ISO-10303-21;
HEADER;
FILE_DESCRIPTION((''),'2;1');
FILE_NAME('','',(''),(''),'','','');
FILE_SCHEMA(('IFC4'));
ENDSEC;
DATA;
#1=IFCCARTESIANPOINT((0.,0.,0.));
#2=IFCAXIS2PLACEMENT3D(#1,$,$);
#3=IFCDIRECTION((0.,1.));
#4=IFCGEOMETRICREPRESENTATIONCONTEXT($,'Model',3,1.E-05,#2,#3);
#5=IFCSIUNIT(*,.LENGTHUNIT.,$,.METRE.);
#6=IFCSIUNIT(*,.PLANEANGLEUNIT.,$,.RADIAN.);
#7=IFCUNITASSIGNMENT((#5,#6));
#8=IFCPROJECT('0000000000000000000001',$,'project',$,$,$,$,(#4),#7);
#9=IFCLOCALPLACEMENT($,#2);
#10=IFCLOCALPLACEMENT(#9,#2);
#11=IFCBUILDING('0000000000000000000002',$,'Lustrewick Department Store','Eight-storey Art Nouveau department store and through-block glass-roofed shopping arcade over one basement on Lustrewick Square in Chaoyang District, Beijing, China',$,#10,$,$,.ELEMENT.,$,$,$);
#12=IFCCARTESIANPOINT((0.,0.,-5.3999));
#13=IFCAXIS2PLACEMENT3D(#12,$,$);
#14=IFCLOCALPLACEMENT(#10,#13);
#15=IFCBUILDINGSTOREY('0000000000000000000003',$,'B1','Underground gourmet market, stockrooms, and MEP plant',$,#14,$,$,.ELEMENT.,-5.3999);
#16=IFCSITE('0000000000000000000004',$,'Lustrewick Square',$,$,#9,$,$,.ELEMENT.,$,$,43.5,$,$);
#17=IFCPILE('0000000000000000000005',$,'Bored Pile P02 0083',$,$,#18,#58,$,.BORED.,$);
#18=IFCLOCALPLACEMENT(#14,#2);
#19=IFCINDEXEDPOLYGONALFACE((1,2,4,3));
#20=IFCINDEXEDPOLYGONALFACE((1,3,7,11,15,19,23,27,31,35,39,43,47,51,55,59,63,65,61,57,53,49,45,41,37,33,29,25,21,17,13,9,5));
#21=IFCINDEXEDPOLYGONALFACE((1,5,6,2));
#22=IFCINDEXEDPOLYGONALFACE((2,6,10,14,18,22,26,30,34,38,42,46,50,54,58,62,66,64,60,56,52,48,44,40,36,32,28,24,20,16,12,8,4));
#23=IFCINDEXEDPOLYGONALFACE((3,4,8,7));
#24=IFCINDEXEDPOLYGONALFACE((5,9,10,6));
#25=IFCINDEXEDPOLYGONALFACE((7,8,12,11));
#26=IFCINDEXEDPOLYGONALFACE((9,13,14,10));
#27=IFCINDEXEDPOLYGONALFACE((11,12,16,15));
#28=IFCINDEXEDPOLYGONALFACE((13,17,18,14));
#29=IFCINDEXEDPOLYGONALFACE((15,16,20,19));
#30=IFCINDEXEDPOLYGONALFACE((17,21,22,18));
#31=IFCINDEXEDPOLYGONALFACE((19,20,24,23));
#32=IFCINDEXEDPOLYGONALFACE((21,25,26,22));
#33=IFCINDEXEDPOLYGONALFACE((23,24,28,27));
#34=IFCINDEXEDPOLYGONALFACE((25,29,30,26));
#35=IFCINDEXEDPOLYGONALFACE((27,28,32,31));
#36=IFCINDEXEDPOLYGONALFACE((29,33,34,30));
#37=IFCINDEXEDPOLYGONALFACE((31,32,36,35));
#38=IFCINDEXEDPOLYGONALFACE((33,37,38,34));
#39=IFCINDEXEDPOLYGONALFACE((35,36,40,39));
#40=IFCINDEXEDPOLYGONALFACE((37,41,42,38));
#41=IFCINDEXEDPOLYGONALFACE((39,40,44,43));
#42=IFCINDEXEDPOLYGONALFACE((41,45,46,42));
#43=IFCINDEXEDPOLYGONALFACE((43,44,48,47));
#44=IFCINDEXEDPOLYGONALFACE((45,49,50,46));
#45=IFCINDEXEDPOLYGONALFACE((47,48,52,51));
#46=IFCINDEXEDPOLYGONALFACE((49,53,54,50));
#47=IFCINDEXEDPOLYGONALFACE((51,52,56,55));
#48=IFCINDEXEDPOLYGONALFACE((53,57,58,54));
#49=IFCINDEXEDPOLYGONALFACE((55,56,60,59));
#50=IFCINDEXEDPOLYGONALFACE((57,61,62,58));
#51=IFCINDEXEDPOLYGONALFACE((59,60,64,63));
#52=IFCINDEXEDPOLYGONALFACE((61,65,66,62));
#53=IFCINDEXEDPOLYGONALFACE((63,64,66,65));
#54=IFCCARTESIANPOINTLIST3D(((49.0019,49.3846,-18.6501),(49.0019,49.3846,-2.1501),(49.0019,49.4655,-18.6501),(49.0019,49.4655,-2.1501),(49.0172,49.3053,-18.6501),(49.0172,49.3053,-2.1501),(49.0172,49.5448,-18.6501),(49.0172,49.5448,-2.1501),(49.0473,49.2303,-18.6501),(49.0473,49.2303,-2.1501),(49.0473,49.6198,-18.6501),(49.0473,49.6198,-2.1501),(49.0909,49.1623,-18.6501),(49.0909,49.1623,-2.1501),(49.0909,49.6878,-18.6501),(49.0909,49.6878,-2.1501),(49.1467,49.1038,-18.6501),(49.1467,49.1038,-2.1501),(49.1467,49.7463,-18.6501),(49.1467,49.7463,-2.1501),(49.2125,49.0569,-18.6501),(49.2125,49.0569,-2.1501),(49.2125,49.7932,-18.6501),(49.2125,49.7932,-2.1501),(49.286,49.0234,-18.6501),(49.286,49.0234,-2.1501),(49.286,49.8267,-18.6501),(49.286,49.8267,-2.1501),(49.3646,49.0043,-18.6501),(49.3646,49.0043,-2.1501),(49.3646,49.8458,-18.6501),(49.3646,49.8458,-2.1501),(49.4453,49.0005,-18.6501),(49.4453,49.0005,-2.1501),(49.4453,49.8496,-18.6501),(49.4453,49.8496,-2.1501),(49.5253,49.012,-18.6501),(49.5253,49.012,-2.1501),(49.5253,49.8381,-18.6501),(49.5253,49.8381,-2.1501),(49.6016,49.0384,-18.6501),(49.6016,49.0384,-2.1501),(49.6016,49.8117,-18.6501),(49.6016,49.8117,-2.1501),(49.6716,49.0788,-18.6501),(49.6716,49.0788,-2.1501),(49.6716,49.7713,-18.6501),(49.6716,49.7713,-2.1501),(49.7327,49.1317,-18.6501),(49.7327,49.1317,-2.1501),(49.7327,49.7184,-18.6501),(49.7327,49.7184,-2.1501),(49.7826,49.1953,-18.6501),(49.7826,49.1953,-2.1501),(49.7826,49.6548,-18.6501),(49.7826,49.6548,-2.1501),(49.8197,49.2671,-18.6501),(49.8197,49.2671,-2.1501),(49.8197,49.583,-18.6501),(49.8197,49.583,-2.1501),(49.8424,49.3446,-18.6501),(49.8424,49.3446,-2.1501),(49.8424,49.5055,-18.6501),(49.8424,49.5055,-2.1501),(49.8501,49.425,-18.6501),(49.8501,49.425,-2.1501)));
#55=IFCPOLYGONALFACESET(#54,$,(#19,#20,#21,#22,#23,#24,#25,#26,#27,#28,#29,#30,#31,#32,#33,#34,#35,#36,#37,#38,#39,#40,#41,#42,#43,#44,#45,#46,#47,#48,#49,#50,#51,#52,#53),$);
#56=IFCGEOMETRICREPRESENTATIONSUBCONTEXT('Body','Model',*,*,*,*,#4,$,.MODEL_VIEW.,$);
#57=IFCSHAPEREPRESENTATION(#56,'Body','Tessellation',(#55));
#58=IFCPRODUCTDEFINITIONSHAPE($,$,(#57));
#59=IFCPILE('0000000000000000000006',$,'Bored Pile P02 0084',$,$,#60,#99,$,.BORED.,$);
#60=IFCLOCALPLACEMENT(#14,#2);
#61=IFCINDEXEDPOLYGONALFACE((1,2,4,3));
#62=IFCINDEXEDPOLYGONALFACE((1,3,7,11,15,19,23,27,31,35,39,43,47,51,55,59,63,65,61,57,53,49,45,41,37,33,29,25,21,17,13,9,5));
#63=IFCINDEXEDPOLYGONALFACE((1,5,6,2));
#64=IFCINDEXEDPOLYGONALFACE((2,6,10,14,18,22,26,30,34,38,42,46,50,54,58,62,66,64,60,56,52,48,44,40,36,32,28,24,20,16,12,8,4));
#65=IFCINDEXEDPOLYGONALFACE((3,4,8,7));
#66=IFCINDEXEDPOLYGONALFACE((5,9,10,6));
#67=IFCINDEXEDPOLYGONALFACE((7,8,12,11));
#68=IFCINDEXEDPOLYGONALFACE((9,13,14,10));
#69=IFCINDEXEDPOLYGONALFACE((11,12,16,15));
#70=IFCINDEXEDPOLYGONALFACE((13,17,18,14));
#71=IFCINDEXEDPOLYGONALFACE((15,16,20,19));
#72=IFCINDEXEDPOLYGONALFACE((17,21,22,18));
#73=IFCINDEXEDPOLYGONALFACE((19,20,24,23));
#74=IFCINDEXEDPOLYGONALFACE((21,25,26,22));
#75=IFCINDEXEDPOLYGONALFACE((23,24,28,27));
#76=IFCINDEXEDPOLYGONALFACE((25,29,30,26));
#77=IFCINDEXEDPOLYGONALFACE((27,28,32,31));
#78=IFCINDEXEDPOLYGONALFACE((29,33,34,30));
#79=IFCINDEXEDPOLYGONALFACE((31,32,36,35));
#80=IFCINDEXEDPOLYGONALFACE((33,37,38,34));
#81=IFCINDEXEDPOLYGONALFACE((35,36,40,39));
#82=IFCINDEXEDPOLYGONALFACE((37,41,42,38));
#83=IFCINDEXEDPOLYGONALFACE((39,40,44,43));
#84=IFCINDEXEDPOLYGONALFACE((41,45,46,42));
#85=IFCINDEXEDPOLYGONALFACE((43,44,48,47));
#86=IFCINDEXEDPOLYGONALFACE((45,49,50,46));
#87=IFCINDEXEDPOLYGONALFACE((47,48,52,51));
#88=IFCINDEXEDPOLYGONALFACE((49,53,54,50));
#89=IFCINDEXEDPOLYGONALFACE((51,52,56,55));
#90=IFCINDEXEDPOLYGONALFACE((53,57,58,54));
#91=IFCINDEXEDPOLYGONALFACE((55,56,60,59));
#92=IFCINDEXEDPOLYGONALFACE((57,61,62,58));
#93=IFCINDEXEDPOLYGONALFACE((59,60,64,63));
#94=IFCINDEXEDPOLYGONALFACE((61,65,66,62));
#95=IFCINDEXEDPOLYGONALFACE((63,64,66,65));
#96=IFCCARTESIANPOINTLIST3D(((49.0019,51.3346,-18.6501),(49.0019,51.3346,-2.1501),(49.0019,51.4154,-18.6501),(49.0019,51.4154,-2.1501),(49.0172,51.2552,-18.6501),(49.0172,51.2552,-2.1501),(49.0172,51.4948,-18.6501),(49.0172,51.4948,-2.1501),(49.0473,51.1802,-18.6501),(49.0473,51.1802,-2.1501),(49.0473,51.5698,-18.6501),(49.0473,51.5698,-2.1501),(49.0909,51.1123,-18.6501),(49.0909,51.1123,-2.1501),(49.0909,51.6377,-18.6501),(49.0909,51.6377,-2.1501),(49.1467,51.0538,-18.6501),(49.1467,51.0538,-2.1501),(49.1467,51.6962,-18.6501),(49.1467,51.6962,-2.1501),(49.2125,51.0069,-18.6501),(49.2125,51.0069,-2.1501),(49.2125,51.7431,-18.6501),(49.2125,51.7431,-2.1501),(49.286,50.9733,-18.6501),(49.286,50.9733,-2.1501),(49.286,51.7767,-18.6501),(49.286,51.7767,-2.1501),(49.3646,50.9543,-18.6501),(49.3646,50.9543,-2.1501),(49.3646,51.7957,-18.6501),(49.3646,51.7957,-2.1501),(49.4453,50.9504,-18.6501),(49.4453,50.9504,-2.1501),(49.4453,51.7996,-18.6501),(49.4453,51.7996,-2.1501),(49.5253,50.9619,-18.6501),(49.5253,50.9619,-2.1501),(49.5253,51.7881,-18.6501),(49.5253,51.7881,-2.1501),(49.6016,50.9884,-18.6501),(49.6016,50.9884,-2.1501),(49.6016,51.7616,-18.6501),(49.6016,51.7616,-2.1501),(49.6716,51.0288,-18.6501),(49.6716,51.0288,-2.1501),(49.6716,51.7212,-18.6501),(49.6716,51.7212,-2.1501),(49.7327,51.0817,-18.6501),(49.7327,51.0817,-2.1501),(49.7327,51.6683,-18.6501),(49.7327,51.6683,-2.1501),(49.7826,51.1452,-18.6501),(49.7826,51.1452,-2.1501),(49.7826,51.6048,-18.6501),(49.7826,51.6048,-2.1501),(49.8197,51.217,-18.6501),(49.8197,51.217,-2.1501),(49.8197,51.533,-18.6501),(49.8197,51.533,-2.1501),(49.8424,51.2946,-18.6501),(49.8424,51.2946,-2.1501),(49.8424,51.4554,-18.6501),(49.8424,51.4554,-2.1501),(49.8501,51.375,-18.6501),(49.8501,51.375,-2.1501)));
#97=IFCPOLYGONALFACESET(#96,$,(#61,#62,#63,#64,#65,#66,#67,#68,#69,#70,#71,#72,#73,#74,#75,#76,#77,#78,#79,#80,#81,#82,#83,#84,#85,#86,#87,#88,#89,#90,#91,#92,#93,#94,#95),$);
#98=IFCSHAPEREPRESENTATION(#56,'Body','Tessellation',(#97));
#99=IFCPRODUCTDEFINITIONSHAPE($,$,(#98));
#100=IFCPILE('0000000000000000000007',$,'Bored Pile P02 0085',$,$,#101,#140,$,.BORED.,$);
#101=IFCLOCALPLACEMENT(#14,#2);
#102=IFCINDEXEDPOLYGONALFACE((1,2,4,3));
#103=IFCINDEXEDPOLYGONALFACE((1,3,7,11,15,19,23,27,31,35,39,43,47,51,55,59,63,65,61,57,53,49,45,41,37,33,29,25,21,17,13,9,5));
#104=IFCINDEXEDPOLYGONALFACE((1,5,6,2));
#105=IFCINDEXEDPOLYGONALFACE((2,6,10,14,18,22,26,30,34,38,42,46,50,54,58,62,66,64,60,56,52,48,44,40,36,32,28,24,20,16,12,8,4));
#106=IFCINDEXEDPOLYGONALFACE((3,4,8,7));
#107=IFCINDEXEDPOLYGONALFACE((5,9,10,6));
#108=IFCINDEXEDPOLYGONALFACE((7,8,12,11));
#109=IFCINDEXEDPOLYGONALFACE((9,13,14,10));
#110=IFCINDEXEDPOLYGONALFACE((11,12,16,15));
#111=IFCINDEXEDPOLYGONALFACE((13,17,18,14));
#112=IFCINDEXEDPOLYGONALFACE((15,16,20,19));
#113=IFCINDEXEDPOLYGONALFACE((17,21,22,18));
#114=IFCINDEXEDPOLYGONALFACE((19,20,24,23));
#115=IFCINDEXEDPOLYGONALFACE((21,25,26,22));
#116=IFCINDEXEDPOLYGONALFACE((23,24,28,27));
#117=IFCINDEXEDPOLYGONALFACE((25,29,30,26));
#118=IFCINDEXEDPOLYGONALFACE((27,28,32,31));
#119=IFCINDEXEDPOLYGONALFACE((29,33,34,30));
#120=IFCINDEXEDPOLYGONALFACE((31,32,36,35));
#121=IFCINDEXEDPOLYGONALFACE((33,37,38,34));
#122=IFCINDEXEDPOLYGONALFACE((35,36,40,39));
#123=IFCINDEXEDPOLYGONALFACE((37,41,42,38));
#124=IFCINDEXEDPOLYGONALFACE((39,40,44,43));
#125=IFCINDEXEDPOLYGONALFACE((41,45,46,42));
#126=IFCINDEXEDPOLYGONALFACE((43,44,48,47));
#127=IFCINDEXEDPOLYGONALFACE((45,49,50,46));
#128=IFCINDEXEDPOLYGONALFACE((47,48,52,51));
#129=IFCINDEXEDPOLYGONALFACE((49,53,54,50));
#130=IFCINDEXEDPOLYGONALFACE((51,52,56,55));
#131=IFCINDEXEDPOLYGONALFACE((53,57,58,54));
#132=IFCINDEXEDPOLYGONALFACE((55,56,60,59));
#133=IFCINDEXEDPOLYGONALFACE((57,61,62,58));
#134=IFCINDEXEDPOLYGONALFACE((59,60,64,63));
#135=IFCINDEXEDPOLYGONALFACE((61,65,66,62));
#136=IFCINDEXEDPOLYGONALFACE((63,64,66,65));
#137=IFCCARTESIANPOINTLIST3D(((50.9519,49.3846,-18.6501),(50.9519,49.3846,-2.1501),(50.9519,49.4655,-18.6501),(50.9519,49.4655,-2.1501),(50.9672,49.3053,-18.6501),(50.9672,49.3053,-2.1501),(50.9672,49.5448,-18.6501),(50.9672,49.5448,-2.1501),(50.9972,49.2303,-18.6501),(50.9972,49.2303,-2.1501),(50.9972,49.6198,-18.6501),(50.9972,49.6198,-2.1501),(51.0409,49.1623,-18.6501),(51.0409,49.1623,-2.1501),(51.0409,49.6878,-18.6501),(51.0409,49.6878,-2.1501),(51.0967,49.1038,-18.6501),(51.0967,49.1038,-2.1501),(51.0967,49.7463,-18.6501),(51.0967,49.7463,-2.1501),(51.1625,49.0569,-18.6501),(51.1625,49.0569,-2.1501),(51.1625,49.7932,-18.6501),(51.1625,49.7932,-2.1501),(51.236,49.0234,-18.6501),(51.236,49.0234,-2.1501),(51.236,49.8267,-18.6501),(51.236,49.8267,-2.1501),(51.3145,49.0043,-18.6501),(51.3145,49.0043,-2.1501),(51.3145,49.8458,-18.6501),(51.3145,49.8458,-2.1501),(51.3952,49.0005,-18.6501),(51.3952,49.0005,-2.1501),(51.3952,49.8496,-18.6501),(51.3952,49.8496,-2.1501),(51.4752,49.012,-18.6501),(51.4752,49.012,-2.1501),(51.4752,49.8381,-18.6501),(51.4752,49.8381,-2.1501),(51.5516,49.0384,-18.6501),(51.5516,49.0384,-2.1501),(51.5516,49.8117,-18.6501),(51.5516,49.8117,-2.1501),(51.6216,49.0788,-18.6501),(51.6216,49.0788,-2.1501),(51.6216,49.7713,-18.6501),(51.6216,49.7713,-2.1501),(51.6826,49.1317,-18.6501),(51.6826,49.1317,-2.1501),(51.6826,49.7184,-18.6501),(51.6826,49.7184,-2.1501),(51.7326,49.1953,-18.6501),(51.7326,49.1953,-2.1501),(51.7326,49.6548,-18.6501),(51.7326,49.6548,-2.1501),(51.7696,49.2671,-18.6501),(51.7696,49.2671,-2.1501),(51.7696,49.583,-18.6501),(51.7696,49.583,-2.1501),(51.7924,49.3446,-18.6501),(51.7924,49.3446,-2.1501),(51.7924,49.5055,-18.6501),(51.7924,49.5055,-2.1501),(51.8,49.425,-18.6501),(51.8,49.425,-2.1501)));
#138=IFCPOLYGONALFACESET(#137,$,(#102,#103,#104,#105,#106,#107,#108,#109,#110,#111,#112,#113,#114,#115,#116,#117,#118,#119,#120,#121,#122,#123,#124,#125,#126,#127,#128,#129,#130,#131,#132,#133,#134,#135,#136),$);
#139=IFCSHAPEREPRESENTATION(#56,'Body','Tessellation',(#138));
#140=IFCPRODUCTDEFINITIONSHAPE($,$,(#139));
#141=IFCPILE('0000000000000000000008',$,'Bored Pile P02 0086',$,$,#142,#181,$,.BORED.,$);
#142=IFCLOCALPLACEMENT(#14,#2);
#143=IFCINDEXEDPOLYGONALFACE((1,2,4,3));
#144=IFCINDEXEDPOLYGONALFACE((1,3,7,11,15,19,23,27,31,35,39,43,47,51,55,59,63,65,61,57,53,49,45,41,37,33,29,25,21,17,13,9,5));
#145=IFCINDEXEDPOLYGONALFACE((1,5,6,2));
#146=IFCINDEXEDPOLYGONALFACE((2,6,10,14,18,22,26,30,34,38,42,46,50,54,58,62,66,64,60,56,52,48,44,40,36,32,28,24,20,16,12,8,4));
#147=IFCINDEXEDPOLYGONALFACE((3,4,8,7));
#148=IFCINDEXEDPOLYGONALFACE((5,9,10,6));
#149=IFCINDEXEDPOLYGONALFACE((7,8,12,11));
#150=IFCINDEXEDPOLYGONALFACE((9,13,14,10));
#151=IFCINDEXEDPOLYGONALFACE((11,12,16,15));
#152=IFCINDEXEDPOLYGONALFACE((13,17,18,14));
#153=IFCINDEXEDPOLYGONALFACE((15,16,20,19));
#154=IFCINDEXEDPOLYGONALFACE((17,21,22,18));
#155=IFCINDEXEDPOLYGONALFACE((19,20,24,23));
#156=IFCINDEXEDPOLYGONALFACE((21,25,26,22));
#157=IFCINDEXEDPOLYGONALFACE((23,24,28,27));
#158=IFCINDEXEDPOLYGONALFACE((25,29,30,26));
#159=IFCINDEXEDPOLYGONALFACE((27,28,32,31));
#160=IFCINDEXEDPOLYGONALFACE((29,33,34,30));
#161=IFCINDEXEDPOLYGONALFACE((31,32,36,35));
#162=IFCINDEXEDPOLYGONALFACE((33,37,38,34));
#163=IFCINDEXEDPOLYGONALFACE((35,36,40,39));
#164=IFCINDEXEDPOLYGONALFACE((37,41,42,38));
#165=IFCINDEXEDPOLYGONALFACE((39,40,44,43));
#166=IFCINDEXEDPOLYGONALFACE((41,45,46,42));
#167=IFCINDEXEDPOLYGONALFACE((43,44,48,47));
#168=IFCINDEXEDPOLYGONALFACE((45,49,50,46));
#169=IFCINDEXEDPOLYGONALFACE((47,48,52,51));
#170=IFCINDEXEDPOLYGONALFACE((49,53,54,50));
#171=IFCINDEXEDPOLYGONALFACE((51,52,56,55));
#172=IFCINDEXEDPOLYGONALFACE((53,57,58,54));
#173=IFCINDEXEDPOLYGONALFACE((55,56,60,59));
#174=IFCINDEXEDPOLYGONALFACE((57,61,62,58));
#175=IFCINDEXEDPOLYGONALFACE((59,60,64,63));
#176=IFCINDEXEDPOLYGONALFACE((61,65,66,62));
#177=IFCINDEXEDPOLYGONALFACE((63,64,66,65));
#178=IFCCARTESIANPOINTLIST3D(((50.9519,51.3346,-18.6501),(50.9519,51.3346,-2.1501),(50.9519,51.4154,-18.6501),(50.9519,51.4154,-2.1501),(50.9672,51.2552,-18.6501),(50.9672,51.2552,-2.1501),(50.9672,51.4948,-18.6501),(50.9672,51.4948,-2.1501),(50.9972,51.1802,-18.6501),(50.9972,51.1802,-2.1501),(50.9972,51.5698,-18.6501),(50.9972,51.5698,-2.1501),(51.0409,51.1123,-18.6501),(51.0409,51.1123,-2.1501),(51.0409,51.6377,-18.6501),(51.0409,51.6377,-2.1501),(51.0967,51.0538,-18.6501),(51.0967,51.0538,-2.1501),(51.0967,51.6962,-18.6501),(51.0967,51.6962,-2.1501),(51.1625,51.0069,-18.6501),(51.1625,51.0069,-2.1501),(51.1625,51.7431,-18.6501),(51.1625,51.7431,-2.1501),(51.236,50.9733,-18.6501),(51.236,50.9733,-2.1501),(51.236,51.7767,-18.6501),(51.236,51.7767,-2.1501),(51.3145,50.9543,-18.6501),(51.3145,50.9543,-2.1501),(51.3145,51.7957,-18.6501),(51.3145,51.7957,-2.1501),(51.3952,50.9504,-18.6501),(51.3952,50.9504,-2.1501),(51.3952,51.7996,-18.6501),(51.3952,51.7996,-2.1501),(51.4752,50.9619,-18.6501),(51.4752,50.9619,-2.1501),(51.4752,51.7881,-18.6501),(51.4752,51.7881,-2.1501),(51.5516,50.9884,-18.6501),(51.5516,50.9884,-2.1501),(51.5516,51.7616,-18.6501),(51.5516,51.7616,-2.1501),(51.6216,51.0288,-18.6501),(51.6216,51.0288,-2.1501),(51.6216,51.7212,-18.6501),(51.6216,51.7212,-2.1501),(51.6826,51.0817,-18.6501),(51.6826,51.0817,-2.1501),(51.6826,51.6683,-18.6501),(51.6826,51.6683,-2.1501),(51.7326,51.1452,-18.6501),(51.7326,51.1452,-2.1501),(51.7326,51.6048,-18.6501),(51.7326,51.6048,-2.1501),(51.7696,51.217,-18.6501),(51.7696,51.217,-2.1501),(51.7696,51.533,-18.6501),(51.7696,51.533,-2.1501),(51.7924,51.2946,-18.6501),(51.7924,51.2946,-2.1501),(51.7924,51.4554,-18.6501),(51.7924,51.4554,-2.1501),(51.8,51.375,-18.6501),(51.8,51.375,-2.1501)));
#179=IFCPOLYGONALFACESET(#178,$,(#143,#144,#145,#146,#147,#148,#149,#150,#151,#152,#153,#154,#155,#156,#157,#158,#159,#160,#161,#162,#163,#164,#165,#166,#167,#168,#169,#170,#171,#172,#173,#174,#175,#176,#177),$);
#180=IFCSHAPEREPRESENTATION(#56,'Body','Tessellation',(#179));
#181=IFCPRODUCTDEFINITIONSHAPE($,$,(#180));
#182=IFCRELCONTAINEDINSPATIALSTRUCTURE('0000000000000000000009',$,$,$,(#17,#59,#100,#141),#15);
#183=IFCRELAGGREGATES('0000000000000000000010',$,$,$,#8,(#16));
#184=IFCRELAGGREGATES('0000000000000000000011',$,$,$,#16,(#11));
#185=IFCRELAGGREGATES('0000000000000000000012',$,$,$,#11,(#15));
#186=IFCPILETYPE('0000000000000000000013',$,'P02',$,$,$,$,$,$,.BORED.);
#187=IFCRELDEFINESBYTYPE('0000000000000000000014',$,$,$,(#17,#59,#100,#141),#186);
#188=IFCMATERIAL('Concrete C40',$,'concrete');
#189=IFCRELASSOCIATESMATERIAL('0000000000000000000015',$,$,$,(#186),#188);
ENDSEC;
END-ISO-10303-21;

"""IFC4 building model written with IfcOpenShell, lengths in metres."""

from ifc_helpers import new_model, si_unit, direction, frame, origin, origin_2d, place, context, subcontext, project, spatial, circle, extrude, material, material_profile, profile_set, type_object, element, save


model = new_model("IFC4")

# Units and contexts
model_context = context("Model", 3, precision=1e-05, world=origin(), true_north=direction((0.0, 1.0)))
body_context = subcontext(model_context, "Body", "Model", "MODEL_VIEW")
ifc_project = project(units=[si_unit("LENGTHUNIT", "METRE"), si_unit("PLANEANGLEUNIT", "RADIAN")], contexts=[model_context])

# Site, building, storey
site_placement = place(None, origin())
site = spatial("IfcSite", under=ifc_project, at=site_placement, Name="Lustrewick Square", CompositionType="ELEMENT", RefElevation=43.5)
building_placement = place(site_placement, origin())
building = spatial("IfcBuilding", under=site, at=building_placement, Name="Lustrewick Department Store", Description="Eight-storey Art Nouveau department store and through-block glass-roofed shopping arcade over one basement on Lustrewick Square in Chaoyang District, Beijing, China", CompositionType="ELEMENT")
storey_placement = place(building_placement, frame((0.0, 0.0, -5.3999)))
storey = spatial("IfcBuildingStorey", under=building, at=storey_placement, Name="B1", Description="Underground gourmet market, stockrooms, and MEP plant", CompositionType="ELEMENT", Elevation=-5.3999)

# Piles
ifc_material_1 = material(Name="Concrete C40", Category="concrete")
ifc_material_profile_1 = material_profile(ifc_material_1, circle(Radius=0.425, at=origin_2d()), Name="PILE D850")
ifc_profile_set_1 = profile_set([ifc_material_profile_1], Name="Concrete C40")
pile_type_1 = type_object("IfcPileType", Name="P02", PredefinedType="BORED", material=ifc_profile_set_1)
for number, where, z_axis, x_axis, name in (
    (1, (49.425, 49.425, -2.1501), (0.0, 0.0, -1.0), (1.0, 0.0, 0.0), "Bored Pile P02 0083"),
    (2, (49.425, 51.375, -2.1501), (0.0, 0.0, -1.0), (1.0, 0.0, 0.0), "Bored Pile P02 0084"),
    (3, (51.375, 49.425, -2.1501), (0.0, 0.0, -1.0), (1.0, 0.0, 0.0), "Bored Pile P02 0085"),
    (4, (51.375, 51.375, -2.1501), (0.0, 0.0, -1.0), (1.0, 0.0, 0.0), "Bored Pile P02 0086"),
):
    element("IfcPile", number, at=place(storey_placement, frame(where, z_axis=z_axis, x_axis=x_axis)), inside=storey, type_object=pile_type_1, Name=name, PredefinedType="BORED", context=body_context, shape_type="SweptSolid", body=[
        extrude(circle(Radius=0.425, at=origin_2d()), origin(), (0.0, 0.0, 1.0), 16.5),
    ])

save(model, "model.ifc")
